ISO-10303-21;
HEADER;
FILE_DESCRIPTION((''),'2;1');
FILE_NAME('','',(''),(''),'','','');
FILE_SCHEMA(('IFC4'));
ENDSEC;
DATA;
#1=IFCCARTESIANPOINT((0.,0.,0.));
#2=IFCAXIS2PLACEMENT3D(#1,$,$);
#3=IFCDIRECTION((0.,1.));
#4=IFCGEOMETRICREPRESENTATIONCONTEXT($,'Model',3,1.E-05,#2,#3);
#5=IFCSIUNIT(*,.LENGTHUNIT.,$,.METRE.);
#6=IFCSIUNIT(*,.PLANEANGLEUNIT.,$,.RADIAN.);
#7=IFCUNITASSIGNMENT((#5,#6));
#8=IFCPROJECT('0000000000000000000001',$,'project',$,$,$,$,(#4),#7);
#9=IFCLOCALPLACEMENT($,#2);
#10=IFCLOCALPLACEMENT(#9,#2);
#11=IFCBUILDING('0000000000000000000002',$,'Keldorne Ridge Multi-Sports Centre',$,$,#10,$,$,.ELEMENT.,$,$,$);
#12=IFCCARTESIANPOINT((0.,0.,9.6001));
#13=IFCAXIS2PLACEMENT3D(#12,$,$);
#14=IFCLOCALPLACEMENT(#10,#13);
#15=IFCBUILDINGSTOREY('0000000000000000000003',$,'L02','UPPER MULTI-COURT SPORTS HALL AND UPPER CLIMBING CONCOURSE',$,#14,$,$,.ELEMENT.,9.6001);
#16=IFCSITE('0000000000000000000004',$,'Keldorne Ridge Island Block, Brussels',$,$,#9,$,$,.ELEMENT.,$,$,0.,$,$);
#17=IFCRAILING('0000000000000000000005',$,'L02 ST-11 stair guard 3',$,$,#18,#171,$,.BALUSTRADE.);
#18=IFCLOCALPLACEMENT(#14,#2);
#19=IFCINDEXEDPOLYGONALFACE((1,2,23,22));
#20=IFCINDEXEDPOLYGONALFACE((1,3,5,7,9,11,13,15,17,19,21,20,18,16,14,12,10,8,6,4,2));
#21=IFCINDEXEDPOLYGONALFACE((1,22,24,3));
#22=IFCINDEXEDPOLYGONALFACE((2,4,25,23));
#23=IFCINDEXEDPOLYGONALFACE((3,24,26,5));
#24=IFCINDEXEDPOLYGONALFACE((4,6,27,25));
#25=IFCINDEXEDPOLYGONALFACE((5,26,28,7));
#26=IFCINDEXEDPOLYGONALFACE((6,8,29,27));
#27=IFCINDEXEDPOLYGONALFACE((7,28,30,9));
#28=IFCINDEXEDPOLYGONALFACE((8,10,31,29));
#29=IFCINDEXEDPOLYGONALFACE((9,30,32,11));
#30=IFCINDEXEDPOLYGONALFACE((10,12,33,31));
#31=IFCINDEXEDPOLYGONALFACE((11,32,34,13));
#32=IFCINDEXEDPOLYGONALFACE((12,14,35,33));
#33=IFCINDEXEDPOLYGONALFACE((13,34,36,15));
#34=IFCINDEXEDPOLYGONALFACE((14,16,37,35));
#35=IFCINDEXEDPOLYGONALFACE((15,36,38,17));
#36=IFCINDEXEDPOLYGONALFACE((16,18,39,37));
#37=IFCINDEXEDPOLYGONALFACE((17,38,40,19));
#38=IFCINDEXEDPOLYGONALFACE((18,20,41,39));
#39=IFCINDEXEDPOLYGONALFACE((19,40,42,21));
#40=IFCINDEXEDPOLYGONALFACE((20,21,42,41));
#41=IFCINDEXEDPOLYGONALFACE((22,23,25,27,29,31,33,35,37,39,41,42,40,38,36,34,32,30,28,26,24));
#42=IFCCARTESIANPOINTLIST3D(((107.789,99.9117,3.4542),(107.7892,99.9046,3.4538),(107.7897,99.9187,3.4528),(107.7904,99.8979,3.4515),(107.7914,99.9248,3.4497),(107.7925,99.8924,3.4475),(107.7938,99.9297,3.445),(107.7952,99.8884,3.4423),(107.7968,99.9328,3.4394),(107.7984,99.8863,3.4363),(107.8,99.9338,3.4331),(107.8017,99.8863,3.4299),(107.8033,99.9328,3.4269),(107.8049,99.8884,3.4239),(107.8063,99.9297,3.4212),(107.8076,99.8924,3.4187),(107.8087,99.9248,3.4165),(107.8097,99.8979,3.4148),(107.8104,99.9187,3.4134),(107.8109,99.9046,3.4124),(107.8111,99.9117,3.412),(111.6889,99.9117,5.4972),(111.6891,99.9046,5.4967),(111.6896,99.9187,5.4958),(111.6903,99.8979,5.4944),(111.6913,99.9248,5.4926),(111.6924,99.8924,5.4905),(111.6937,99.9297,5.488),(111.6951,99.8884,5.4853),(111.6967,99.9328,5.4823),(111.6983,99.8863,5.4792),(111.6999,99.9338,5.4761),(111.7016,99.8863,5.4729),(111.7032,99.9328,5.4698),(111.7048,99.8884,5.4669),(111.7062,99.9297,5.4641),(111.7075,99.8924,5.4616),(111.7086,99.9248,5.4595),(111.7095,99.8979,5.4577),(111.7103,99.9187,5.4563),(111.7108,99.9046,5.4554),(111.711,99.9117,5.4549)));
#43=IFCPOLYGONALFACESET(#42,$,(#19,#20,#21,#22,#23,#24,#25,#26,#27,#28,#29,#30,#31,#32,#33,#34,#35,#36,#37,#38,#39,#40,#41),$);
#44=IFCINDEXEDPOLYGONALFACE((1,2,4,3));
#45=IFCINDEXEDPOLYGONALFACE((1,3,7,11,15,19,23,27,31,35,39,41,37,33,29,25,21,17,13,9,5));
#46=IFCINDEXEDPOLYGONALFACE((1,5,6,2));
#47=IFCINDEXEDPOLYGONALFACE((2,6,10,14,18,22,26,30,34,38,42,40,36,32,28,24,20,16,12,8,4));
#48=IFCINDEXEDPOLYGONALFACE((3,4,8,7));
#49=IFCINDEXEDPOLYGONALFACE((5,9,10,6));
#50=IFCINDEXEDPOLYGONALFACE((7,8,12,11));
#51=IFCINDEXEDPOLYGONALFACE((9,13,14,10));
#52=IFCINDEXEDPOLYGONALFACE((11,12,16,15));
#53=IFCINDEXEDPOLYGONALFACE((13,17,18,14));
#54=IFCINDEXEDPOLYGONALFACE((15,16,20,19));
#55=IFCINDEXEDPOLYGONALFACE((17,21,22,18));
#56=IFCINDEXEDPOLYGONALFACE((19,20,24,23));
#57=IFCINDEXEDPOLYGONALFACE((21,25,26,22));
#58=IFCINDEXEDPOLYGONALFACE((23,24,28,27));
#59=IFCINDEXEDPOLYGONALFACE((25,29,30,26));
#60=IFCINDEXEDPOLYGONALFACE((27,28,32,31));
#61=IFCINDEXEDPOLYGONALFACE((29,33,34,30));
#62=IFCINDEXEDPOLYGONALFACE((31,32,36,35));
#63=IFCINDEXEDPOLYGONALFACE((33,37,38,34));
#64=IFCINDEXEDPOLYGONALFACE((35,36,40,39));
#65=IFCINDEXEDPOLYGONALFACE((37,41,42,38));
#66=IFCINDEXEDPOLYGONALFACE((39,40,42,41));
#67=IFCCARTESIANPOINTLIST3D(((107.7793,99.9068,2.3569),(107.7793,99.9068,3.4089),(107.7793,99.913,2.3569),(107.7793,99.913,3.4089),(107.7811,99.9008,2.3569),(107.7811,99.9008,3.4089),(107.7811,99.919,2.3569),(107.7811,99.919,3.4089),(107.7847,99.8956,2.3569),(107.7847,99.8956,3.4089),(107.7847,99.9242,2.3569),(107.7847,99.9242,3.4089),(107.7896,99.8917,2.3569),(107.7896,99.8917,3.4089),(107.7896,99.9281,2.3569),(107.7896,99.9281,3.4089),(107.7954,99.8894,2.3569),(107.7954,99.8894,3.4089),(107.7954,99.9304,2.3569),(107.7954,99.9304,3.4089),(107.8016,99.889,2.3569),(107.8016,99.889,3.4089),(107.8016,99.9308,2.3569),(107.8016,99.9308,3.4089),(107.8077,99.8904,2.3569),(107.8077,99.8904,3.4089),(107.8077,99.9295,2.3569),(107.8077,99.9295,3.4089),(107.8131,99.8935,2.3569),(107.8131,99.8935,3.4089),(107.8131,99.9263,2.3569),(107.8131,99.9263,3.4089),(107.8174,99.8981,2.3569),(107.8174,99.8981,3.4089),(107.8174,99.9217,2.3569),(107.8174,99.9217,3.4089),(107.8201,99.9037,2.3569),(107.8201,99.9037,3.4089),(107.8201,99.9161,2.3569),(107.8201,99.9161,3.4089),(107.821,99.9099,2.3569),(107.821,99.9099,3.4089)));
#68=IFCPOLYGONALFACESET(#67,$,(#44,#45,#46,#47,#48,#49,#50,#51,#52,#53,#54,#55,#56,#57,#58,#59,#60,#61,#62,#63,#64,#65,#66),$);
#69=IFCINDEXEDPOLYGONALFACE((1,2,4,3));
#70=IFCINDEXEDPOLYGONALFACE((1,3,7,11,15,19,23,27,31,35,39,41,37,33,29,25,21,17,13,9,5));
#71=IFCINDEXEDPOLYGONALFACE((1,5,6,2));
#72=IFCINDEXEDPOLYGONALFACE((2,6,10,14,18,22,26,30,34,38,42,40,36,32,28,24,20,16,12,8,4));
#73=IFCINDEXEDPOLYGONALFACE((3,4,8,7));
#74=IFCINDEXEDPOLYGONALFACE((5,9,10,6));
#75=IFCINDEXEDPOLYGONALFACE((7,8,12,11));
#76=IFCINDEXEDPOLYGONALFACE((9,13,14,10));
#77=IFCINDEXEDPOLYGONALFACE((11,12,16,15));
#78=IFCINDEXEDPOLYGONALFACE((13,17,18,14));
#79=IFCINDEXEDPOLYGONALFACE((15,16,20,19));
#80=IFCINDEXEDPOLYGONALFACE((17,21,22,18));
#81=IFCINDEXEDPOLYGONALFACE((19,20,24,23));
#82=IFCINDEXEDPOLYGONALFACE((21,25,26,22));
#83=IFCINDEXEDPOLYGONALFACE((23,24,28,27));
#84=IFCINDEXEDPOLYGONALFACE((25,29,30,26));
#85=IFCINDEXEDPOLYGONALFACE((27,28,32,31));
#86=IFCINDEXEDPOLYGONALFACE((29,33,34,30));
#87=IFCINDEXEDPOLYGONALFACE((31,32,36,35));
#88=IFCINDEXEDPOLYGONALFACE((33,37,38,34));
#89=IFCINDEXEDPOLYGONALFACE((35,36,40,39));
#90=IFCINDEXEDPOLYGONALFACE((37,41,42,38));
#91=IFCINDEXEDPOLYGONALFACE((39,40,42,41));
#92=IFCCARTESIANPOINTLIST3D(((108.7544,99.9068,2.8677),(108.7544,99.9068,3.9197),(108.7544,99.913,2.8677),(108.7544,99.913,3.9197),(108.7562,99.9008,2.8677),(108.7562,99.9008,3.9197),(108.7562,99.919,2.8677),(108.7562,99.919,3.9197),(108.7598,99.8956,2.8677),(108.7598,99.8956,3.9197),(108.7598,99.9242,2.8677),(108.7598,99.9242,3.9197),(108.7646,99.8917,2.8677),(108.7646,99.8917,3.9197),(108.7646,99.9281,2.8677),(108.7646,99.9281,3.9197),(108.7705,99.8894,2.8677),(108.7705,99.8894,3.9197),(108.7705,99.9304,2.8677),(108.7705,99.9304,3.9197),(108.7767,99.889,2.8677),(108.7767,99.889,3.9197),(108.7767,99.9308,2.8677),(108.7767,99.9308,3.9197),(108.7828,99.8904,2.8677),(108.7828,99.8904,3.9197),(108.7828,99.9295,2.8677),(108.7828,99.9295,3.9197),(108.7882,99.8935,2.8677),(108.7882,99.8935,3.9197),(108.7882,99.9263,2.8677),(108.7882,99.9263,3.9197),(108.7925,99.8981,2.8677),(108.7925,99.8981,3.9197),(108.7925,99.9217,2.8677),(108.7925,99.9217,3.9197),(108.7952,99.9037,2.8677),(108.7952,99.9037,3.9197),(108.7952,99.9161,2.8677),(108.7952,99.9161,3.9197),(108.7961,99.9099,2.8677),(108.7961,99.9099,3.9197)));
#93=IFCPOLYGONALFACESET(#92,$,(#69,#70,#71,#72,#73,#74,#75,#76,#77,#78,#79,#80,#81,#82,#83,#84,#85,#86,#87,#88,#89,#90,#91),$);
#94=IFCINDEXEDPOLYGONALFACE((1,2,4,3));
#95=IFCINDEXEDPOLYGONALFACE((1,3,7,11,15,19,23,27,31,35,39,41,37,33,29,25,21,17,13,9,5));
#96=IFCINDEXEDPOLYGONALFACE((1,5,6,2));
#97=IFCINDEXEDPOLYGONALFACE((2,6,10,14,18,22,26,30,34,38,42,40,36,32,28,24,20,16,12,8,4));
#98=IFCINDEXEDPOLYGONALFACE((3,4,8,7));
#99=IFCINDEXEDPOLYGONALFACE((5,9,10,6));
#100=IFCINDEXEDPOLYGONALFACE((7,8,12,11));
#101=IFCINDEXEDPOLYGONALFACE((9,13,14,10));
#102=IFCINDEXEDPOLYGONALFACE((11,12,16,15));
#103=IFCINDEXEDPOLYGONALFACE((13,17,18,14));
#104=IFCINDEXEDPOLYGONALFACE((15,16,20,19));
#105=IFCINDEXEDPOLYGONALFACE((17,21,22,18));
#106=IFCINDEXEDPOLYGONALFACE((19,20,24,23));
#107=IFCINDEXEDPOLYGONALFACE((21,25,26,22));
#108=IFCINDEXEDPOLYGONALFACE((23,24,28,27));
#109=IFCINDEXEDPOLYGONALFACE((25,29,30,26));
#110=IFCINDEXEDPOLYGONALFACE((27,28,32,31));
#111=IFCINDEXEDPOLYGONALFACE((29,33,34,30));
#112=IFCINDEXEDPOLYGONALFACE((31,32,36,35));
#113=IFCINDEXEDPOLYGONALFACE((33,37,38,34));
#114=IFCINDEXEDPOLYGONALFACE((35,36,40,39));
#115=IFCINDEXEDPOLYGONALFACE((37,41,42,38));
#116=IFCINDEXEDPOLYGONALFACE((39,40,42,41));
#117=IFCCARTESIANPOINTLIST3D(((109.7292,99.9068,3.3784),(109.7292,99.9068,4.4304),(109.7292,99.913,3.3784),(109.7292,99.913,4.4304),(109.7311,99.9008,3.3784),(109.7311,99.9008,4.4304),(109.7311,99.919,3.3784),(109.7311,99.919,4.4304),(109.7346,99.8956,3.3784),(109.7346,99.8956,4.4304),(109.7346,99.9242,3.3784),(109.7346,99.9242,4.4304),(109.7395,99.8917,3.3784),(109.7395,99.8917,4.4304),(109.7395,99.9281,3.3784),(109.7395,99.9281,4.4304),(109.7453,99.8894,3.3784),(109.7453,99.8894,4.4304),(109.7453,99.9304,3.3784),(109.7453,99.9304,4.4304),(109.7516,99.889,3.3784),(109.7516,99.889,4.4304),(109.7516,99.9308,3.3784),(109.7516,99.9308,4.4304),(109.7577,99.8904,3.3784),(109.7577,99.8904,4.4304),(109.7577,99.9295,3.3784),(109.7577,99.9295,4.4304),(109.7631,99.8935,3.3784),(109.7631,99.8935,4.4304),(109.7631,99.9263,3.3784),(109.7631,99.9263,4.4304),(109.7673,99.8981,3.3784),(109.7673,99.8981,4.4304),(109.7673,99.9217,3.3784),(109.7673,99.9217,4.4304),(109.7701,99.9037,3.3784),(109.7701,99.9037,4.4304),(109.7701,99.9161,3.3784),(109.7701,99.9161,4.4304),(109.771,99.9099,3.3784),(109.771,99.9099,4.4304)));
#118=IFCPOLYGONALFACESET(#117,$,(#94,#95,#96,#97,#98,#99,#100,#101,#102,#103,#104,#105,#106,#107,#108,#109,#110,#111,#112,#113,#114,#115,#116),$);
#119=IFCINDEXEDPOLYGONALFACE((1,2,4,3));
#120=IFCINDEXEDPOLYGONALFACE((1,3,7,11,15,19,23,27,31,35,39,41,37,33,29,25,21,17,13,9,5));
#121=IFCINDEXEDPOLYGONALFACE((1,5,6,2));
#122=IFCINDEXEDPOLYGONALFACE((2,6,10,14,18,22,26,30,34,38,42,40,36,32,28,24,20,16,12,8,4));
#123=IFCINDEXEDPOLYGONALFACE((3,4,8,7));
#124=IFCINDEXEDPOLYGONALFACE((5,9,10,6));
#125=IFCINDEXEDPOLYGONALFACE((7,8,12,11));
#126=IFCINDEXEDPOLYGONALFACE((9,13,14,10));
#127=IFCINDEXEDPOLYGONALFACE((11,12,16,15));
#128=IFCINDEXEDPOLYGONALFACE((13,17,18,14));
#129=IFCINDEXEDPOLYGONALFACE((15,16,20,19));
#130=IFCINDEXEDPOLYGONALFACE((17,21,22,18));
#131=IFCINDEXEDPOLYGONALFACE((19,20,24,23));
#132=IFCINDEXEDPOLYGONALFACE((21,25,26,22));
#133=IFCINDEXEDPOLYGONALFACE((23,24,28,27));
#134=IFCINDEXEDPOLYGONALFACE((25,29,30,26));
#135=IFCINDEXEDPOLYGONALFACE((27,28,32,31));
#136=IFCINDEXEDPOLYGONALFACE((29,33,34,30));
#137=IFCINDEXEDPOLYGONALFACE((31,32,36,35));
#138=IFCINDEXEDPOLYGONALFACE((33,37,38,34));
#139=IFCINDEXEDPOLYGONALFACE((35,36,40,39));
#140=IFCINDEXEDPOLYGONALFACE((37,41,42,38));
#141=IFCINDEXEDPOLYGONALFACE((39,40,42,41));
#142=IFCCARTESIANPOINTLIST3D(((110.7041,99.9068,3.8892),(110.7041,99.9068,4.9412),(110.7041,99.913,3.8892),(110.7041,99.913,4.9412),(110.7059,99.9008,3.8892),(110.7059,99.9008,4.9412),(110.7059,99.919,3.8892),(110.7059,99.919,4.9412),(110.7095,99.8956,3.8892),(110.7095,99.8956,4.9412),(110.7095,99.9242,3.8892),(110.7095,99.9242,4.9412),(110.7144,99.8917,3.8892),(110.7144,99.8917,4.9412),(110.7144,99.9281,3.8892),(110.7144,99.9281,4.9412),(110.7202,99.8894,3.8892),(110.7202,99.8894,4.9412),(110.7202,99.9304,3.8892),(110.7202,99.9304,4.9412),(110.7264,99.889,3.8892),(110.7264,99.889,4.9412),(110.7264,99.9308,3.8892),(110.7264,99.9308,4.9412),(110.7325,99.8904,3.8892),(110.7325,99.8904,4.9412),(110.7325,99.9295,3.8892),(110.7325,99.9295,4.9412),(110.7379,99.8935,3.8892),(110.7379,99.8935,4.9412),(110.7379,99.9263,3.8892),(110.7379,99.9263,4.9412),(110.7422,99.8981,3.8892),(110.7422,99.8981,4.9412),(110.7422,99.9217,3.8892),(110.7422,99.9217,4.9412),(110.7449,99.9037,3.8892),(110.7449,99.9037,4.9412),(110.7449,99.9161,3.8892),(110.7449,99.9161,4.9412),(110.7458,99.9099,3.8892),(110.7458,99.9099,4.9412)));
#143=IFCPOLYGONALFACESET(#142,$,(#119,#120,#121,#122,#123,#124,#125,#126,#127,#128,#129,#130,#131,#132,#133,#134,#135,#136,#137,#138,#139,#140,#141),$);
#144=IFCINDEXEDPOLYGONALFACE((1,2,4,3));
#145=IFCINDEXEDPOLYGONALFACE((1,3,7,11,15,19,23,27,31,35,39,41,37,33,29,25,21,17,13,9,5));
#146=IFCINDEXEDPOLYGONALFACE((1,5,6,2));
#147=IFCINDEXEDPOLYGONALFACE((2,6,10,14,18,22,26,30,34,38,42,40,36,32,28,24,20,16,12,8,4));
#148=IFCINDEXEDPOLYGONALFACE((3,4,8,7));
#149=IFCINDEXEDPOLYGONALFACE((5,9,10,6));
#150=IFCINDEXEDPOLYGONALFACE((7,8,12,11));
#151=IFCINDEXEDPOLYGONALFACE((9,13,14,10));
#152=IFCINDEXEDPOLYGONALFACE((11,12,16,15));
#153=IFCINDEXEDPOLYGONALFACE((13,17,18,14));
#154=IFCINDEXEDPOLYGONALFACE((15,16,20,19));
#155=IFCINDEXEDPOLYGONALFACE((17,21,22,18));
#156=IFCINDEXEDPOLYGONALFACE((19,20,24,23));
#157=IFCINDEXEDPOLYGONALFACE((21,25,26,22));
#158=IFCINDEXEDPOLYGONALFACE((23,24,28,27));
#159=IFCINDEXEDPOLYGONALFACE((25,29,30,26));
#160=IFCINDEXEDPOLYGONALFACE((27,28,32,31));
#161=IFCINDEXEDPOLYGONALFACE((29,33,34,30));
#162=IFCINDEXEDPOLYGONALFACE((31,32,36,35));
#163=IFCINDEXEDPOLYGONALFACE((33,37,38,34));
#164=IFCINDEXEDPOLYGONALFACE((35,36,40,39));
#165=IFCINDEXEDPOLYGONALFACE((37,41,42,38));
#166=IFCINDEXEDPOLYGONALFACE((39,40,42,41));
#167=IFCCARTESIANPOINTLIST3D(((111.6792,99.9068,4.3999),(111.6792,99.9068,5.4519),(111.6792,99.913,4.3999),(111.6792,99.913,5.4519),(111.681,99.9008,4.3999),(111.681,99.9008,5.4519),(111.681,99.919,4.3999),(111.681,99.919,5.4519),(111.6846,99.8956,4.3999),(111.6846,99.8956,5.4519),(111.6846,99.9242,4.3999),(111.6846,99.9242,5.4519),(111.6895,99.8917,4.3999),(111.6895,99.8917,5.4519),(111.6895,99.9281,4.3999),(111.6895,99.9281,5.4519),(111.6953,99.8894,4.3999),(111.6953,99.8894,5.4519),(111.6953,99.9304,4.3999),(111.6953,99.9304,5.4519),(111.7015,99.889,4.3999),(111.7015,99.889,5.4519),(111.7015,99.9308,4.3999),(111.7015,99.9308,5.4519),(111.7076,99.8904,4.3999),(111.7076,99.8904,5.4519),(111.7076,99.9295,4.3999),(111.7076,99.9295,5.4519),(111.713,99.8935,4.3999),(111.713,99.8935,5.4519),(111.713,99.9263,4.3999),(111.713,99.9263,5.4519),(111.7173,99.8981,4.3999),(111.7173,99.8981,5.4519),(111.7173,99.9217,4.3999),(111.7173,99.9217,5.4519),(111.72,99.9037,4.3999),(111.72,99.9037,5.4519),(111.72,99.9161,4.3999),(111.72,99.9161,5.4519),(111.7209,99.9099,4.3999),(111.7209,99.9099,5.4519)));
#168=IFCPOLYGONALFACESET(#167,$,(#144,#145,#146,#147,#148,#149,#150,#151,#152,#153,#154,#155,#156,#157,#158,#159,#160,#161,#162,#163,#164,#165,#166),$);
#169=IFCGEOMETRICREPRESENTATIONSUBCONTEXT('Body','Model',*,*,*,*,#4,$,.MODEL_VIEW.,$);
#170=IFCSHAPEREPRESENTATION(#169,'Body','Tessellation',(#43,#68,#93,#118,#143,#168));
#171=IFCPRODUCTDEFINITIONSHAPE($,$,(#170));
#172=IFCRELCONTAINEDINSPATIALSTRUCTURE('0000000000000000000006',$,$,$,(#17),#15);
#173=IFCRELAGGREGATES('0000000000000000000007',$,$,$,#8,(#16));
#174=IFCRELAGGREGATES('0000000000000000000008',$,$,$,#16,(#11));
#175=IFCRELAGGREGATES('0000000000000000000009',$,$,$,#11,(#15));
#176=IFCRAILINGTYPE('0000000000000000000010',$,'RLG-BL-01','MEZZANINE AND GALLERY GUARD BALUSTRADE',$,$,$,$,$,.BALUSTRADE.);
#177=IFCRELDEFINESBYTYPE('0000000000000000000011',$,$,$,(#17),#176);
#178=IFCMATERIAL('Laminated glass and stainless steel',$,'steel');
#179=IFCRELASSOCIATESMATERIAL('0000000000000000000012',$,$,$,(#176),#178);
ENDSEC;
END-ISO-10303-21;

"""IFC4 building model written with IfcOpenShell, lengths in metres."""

from ifc_helpers import new_model, si_unit, direction, frame, origin, origin_2d, place, context, subcontext, project, spatial, circle, extrude, material, type_object, element, save


model = new_model("IFC4")

# Units and contexts
model_context = context("Model", 3, precision=1e-05, world=origin(), true_north=direction((0.0, 1.0)))
body_context = subcontext(model_context, "Body", "Model", "MODEL_VIEW")
ifc_project = project(units=[si_unit("LENGTHUNIT", "METRE"), si_unit("PLANEANGLEUNIT", "RADIAN")], contexts=[model_context])

# Site, building, storey
site_placement = place(None, origin())
site = spatial("IfcSite", under=ifc_project, at=site_placement, Name="Keldorne Ridge Island Block, Brussels", CompositionType="ELEMENT", RefElevation=0.0)
building_placement = place(site_placement, origin())
building = spatial("IfcBuilding", under=site, at=building_placement, Name="Keldorne Ridge Multi-Sports Centre", CompositionType="ELEMENT")
storey_placement = place(building_placement, frame((0.0, 0.0, 9.6001)))
storey = spatial("IfcBuildingStorey", under=building, at=storey_placement, Name="L02", Description="UPPER MULTI-COURT SPORTS HALL AND UPPER CLIMBING CONCOURSE", CompositionType="ELEMENT", Elevation=9.6001)

# Railing
ifc_material_1 = material(Name="Laminated glass and stainless steel", Category="steel")
railing_type = type_object("IfcRailingType", Name="RLG-BL-01", Description="MEZZANINE AND GALLERY GUARD BALUSTRADE", PredefinedType="BALUSTRADE", material=ifc_material_1)
railing_placement = place(storey_placement, frame((107.8, 99.9099, 2.3569)))
element("IfcRailing", 1, at=railing_placement, inside=storey, type_object=railing_type, Name="L02 ST-11 stair guard 3", PredefinedType="BALUSTRADE", context=body_context, shape_type="SweptSolid", body=[
    extrude(circle(Radius=0.0239, at=origin_2d()), frame((0.0, 0.0, 1.0762), z_axis=(0.885816, 0.0, 0.464036), x_axis=(0.0, 1.0, 0.0)), (0.0, 0.0, 1.0), 4.4026),
    extrude(circle(Radius=0.021, at=origin_2d()), origin(), (0.0, 0.0, 1.0), 1.052),
    extrude(circle(Radius=0.021, at=origin_2d()), frame((0.9751, 0.0, 0.5107)), (0.0, 0.0, 1.0), 1.052),
    extrude(circle(Radius=0.021, at=origin_2d()), frame((1.95, 0.0, 1.0215)), (0.0, 0.0, 1.0), 1.052),
    extrude(circle(Radius=0.021, at=origin_2d()), frame((2.9248, 0.0, 1.5322)), (0.0, 0.0, 1.0), 1.052),
    extrude(circle(Radius=0.021, at=origin_2d()), frame((3.8999, 0.0, 2.043)), (0.0, 0.0, 1.0), 1.052),
])

save(model, "model.ifc")
